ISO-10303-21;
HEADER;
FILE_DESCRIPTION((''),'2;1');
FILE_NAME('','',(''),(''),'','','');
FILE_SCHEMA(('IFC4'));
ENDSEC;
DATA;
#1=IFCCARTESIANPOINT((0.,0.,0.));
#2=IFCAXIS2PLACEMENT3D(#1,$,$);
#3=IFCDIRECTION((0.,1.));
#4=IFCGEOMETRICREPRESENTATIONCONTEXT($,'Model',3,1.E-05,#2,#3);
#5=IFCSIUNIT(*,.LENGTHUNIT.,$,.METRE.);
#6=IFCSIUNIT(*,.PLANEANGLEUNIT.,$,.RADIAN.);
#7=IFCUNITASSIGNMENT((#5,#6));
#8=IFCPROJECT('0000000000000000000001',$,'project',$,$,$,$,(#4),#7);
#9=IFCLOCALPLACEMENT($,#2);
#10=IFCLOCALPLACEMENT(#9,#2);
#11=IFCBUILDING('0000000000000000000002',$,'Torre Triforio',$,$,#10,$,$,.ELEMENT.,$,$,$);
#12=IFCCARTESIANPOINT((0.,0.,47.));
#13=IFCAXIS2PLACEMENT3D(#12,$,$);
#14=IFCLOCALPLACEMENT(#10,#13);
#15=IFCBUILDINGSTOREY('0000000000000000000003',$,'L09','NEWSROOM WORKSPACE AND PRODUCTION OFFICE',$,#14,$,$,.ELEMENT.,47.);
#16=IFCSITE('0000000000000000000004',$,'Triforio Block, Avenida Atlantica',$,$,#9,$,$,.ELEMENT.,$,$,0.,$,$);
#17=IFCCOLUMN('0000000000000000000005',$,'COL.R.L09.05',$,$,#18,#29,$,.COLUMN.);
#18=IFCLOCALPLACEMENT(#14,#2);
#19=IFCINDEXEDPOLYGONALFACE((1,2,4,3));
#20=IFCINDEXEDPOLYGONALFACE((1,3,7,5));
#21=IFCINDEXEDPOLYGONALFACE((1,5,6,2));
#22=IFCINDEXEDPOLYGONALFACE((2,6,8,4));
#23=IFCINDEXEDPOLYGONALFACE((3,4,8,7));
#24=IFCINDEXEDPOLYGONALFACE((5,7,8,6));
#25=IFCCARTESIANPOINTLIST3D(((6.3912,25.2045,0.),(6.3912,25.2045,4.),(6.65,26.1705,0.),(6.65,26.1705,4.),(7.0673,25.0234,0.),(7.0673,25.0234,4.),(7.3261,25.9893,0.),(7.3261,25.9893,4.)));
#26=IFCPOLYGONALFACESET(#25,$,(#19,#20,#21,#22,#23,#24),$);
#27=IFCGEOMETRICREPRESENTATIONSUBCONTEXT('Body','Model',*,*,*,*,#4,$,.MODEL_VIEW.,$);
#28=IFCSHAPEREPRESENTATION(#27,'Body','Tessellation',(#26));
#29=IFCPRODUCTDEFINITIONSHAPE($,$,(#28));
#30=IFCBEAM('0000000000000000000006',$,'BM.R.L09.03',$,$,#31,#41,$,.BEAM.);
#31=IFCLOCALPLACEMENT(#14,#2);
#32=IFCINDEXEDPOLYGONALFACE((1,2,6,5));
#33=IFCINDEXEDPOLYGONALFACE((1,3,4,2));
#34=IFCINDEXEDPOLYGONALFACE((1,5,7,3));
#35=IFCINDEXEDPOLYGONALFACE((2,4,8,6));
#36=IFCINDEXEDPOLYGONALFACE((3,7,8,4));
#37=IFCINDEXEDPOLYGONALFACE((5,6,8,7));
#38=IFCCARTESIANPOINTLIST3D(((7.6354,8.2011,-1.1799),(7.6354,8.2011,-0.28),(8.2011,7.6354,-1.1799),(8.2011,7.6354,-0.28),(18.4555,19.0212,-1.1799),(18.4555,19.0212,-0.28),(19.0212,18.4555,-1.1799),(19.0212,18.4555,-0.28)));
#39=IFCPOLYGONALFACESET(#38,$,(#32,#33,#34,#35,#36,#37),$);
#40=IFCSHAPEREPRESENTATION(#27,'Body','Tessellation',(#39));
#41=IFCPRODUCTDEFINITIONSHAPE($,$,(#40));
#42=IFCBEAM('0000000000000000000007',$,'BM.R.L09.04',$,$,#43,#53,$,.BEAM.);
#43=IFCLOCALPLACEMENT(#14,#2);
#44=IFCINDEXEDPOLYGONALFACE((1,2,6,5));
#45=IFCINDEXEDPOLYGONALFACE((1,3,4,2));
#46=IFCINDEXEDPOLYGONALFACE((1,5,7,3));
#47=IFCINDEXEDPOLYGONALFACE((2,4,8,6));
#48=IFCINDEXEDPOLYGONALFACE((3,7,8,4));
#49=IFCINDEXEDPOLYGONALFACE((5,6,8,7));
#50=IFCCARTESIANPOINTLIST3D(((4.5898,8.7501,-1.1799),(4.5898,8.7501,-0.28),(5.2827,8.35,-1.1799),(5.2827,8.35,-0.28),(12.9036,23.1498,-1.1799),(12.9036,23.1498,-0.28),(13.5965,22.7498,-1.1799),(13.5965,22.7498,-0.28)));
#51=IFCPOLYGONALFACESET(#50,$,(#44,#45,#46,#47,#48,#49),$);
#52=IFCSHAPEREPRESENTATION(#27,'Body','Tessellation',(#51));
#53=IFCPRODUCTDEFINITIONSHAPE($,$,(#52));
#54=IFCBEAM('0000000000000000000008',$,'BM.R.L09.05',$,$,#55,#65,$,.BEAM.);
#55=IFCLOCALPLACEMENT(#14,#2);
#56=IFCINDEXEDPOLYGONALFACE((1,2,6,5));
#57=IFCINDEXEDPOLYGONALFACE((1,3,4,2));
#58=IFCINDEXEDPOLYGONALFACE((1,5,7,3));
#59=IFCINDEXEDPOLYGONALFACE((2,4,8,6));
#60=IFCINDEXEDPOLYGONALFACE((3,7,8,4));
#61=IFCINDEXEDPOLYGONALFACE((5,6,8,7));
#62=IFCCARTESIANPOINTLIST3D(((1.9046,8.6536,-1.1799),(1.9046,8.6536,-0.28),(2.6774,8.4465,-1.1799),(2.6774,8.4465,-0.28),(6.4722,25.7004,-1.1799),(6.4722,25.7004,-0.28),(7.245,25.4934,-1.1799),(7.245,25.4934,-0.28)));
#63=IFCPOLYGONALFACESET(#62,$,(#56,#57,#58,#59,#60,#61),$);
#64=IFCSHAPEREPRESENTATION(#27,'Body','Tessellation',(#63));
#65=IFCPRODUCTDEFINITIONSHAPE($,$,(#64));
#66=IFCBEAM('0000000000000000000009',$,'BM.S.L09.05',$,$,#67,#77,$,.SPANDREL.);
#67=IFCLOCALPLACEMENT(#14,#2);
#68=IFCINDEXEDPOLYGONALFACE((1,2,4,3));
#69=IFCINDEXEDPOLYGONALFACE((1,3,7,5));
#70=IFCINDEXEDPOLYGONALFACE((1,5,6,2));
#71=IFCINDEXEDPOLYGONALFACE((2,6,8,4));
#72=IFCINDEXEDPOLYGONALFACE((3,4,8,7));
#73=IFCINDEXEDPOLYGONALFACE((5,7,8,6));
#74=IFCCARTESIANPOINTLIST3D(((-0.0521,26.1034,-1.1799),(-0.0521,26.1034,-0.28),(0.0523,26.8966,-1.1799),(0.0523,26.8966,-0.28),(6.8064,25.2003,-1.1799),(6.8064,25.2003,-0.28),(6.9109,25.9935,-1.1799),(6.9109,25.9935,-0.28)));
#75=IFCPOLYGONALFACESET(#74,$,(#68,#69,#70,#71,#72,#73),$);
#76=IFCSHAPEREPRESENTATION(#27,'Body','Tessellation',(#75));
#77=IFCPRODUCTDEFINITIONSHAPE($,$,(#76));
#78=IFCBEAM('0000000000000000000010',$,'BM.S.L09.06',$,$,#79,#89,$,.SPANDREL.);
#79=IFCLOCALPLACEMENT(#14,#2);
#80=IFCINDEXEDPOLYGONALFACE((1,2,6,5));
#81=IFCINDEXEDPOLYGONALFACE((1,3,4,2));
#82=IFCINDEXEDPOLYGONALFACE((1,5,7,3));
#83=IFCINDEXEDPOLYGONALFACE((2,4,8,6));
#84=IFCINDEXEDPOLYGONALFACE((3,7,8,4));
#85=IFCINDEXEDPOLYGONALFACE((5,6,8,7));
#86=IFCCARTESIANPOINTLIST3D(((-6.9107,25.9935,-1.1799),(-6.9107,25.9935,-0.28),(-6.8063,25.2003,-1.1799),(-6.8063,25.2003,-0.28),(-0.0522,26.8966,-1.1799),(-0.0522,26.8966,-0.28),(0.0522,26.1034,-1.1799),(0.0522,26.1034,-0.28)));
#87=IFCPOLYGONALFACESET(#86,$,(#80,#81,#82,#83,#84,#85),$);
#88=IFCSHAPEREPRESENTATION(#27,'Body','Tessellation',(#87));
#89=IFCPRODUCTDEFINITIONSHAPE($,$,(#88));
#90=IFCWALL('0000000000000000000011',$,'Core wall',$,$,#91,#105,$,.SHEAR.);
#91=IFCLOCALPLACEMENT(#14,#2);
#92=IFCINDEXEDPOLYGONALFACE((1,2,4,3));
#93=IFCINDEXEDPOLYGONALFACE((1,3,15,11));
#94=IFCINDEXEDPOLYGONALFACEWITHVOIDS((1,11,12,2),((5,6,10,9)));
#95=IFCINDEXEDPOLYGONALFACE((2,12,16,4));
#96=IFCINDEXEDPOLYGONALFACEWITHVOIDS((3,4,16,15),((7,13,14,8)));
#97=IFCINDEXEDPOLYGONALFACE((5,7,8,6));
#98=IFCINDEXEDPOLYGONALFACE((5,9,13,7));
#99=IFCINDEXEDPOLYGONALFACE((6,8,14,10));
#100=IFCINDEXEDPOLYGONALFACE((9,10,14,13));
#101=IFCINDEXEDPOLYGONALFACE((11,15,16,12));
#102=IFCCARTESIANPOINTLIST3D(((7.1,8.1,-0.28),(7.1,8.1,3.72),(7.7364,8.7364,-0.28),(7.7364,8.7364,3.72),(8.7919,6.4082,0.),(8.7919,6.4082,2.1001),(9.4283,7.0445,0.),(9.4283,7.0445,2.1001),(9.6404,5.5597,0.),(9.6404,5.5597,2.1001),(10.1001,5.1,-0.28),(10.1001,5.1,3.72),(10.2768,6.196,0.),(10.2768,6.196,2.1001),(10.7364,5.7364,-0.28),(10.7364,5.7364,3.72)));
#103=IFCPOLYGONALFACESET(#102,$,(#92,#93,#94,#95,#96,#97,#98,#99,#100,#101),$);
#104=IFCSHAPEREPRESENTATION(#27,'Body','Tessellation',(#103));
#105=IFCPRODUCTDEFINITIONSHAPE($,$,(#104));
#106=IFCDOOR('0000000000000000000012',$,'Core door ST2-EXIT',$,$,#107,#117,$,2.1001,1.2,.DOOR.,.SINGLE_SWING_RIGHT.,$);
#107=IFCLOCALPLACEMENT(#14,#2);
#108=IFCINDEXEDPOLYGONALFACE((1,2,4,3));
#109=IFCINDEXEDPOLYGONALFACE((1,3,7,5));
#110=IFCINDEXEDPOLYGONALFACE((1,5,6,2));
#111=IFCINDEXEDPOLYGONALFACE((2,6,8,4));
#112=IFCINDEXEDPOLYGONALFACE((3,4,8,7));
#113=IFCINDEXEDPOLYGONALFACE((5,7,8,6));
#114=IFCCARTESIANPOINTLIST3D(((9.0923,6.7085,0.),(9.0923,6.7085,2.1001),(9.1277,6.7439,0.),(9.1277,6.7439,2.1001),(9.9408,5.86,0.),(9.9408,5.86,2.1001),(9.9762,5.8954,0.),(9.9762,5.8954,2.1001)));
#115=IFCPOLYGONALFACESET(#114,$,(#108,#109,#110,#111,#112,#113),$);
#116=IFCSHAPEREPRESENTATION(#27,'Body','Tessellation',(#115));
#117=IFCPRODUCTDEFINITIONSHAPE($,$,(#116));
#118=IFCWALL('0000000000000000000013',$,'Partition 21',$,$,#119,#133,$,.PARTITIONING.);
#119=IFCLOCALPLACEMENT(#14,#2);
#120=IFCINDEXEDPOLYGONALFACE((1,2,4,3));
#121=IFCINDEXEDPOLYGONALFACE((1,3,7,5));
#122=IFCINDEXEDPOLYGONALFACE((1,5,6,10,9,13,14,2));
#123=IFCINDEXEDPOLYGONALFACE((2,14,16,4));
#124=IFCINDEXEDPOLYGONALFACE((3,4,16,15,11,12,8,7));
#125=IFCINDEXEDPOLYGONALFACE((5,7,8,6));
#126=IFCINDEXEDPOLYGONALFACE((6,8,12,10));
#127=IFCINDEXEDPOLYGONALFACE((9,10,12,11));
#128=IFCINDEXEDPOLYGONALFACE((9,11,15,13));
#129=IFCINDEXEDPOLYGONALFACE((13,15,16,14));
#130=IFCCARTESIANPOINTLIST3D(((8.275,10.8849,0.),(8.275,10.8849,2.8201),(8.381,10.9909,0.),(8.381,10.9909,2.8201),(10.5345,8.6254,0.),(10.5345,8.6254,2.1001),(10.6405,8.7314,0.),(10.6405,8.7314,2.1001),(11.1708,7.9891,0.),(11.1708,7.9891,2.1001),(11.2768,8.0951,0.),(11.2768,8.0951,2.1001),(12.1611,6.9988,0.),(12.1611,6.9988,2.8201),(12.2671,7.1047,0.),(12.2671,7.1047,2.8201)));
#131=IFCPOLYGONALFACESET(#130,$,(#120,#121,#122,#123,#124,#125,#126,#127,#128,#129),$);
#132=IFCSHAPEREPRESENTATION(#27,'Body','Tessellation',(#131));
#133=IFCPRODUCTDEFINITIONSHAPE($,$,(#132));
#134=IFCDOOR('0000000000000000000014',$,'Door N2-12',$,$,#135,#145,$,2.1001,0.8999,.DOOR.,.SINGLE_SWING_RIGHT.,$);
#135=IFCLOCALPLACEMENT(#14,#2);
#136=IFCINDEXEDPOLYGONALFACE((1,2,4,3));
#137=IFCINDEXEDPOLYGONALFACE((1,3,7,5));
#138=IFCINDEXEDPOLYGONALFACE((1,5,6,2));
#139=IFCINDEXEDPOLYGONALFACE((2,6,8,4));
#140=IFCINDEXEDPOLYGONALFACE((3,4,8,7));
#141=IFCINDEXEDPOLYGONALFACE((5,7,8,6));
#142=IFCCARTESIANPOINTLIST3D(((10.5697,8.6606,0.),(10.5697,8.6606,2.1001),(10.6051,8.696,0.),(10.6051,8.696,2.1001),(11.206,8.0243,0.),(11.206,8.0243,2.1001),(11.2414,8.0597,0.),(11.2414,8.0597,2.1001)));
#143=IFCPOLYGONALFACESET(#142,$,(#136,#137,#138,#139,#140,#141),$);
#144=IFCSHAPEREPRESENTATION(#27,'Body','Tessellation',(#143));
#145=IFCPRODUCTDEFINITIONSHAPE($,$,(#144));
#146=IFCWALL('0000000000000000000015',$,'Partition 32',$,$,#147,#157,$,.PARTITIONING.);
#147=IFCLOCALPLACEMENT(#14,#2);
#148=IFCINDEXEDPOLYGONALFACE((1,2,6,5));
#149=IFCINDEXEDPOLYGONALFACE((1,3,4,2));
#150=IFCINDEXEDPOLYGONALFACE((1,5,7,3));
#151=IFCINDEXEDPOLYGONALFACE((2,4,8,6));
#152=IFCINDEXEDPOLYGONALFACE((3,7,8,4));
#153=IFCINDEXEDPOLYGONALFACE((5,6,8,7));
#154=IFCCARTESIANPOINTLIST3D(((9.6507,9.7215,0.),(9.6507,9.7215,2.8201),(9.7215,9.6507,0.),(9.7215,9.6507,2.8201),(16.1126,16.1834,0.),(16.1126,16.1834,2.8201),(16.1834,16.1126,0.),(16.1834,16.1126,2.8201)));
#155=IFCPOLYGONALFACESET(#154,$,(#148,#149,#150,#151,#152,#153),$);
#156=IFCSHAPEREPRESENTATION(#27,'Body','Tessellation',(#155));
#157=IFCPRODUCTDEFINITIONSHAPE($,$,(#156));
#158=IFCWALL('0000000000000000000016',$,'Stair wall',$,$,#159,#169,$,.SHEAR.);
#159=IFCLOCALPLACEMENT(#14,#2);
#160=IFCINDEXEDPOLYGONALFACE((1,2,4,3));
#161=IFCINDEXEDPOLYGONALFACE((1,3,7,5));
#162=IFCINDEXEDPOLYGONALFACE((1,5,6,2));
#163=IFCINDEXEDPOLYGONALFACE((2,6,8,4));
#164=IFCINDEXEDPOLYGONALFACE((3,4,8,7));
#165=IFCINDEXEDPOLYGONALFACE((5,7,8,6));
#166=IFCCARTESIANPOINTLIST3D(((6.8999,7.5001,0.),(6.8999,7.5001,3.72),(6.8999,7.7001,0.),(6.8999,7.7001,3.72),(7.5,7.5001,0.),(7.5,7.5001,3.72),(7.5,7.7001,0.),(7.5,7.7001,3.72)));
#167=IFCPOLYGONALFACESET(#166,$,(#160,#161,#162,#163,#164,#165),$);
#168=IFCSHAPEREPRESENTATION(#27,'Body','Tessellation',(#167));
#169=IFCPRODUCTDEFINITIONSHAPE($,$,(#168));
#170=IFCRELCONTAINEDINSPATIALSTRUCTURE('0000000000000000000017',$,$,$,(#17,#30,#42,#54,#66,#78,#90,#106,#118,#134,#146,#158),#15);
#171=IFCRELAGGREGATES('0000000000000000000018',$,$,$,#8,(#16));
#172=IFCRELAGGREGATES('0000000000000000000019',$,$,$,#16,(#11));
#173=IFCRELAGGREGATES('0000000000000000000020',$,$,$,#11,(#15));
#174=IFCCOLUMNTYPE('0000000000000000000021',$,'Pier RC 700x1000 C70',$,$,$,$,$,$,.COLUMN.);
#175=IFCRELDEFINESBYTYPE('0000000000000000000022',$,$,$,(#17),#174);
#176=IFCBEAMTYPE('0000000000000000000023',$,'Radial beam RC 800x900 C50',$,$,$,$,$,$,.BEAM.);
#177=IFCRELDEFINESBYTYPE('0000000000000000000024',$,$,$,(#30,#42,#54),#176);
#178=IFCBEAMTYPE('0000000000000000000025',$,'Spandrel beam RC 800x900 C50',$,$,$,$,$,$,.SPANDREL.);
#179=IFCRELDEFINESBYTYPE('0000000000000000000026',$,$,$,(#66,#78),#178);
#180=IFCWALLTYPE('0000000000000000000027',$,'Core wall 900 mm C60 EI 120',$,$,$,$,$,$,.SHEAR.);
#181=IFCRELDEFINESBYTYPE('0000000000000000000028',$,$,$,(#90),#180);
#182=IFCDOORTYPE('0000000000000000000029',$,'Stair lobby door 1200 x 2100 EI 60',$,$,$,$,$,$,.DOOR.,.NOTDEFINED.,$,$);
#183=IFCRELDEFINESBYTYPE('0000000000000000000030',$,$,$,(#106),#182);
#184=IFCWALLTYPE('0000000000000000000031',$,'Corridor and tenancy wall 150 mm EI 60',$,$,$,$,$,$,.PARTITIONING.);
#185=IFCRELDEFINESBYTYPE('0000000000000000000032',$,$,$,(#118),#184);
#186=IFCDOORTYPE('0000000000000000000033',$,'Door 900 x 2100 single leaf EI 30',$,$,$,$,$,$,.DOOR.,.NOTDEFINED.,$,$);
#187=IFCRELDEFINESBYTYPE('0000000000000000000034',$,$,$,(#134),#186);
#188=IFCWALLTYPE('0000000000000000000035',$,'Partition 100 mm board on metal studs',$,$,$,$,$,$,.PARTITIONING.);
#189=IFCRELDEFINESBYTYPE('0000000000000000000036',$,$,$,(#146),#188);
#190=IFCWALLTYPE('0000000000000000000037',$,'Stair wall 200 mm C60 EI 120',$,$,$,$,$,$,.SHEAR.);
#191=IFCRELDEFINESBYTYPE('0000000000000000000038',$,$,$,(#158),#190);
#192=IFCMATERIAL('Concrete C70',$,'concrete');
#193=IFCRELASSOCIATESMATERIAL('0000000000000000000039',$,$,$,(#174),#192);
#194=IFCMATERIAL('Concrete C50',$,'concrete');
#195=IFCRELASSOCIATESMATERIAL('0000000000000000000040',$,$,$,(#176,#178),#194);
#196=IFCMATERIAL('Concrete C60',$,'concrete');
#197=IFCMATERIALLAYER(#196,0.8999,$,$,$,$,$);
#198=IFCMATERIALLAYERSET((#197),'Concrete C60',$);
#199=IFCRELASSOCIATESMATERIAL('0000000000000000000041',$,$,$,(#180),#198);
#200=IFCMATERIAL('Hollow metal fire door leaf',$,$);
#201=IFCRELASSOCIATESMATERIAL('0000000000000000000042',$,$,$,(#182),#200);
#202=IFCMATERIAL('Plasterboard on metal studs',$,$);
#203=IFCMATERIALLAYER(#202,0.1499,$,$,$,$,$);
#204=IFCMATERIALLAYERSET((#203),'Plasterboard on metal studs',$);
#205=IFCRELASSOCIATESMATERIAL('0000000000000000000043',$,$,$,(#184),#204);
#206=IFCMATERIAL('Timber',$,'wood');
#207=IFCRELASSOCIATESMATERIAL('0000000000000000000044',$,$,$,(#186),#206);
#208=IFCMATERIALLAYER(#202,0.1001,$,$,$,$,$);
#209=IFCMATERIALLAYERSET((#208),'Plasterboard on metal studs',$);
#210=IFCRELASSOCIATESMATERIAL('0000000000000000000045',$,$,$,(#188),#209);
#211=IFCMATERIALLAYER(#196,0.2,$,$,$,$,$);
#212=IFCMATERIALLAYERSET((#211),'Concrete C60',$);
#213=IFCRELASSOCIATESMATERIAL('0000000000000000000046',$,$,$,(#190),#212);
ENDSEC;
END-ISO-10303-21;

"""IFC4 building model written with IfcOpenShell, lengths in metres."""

from ifc_helpers import new_model, si_unit, direction, frame, frame_2d, origin, origin_2d, place, context, subcontext, project, spatial, rectangle, extrude, material, layer, layer_set, material_profile, profile_set, type_object, element, fill, save


model = new_model("IFC4")

# Units and contexts
model_context = context("Model", 3, precision=1e-05, world=origin(), true_north=direction((0.0, 1.0)))
body_context = subcontext(model_context, "Body", "Model", "MODEL_VIEW")
ifc_project = project(units=[si_unit("LENGTHUNIT", "METRE"), si_unit("PLANEANGLEUNIT", "RADIAN")], contexts=[model_context])

# Site, building, storey
site_placement = place(None, origin())
site = spatial("IfcSite", under=ifc_project, at=site_placement, Name="Triforio Block, Avenida Atlantica", CompositionType="ELEMENT", RefElevation=0.0)
building_placement = place(site_placement, origin())
building = spatial("IfcBuilding", under=site, at=building_placement, Name="Torre Triforio", CompositionType="ELEMENT")
storey_placement = place(building_placement, frame((0.0, 0.0, 47.0)))
storey = spatial("IfcBuildingStorey", under=building, at=storey_placement, Name="L09", Description="NEWSROOM WORKSPACE AND PRODUCTION OFFICE", CompositionType="ELEMENT", Elevation=47.0)

# Column
ifc_material_1 = material(Name="Concrete C70", Category="concrete")
ifc_material_profile_1 = material_profile(ifc_material_1, rectangle(XDim=0.7, YDim=1.0, at=origin_2d()), Name="RC 700x1000")
ifc_profile_set_1 = profile_set([ifc_material_profile_1], Name="Concrete C70")
column_type = type_object("IfcColumnType", Name="Pier RC 700x1000 C70", PredefinedType="COLUMN", material=ifc_profile_set_1)
column_placement = place(storey_placement, frame((6.8586, 25.5969, 0.0), z_axis=(0.0, 0.0, 1.0), x_axis=(-0.965926, 0.258819, 0.0)))
element("IfcColumn", 1, at=column_placement, inside=storey, type_object=column_type, Name="COL.R.L09.05", PredefinedType="COLUMN", context=body_context, shape_type="SweptSolid", body=[
    extrude(rectangle(XDim=0.7, YDim=1.0, at=origin_2d()), origin(), (0.0, 0.0, 1.0), 4.0),
])

# Beams
ifc_material_2 = material(Name="Concrete C50", Category="concrete")
ifc_material_profile_2 = material_profile(ifc_material_2, rectangle(XDim=0.8, YDim=0.8999, at=origin_2d()), Name="RC 800x900")
ifc_profile_set_2 = profile_set([ifc_material_profile_2], Name="Concrete C50")
beam_type_1 = type_object("IfcBeamType", Name="Radial beam RC 800x900 C50", PredefinedType="BEAM", material=ifc_profile_set_2)
beam_1_placement = place(storey_placement, frame((7.9182, 7.9182, -0.73), z_axis=(0.707107, 0.707107, 0.0), x_axis=(-0.707107, 0.707107, 0.0)))
element("IfcBeam", 2, at=beam_1_placement, inside=storey, type_object=beam_type_1, Name="BM.R.L09.03", PredefinedType="BEAM", context=body_context, shape_type="SweptSolid", body=[
    extrude(rectangle(XDim=0.8, YDim=0.8999, at=origin_2d()), origin(), (0.0, 0.0, 1.0), 15.302),
])
beam_2_placement = place(storey_placement, frame((4.9363, 8.55, -0.73), z_axis=(0.500003, 0.866023, 0.0), x_axis=(-0.866023, 0.500003, 0.0)))
element("IfcBeam", 3, at=beam_2_placement, inside=storey, type_object=beam_type_1, Name="BM.R.L09.04", PredefinedType="BEAM", context=body_context, shape_type="SweptSolid", body=[
    extrude(rectangle(XDim=0.8, YDim=0.8999, at=origin_2d()), origin(), (0.0, 0.0, 1.0), 16.6274),
])
beam_3_placement = place(storey_placement, frame((2.291, 8.55, -0.73), z_axis=(0.258815, 0.965927, 0.0), x_axis=(-0.965927, 0.258815, 0.0)))
element("IfcBeam", 4, at=beam_3_placement, inside=storey, type_object=beam_type_1, Name="BM.R.L09.05", PredefinedType="BEAM", context=body_context, shape_type="SweptSolid", body=[
    extrude(rectangle(XDim=0.8, YDim=0.8999, at=origin_2d()), origin(), (0.0, 0.0, 1.0), 17.6482),
])
ifc_material_profile_3 = material_profile(ifc_material_2, rectangle(XDim=0.8, YDim=0.8999, at=origin_2d()), Name="RC 800x900")
ifc_profile_set_3 = profile_set([ifc_material_profile_3], Name="Concrete C50")
beam_type_2 = type_object("IfcBeamType", Name="Spandrel beam RC 800x900 C50", PredefinedType="SPANDREL", material=ifc_profile_set_3)
for number, where, z_axis, x_axis, name in (
    (5, (6.8586, 25.5969, -0.73), (-0.991443, 0.130543, 0.0), (-0.130543, -0.991443, 0.0), "BM.S.L09.05"),
    (6, (0.0, 26.5, -0.73), (-0.991443, -0.130543, 0.0), (0.130543, -0.991443, 0.0), "BM.S.L09.06"),
):
    element("IfcBeam", number, at=place(storey_placement, frame(where, z_axis=z_axis, x_axis=x_axis)), inside=storey, type_object=beam_type_2, Name=name, PredefinedType="SPANDREL", context=body_context, shape_type="SweptSolid", body=[
        extrude(rectangle(XDim=0.8, YDim=0.8999, at=origin_2d()), origin(), (0.0, 0.0, 1.0), 6.9177),
    ])

# Walls, openings, doors
ifc_material_3 = material(Name="Concrete C60", Category="concrete")
ifc_layer_1 = layer(ifc_material_3, 0.8999)
ifc_layer_set_1 = layer_set([ifc_layer_1], Name="Concrete C60")
wall_type_1 = type_object("IfcWallType", Name="Core wall 900 mm C60 EI 120", PredefinedType="SHEAR", material=ifc_layer_set_1)
wall_1_placement = place(storey_placement, frame((7.4182, 8.4182, -0.28), z_axis=(0.0, 0.0, 1.0), x_axis=(0.707107, -0.707107, 0.0)))
wall_1 = element("IfcWall", 7, at=wall_1_placement, inside=storey, type_object=wall_type_1, Name="Core wall", PredefinedType="SHEAR", context=body_context, shape_type="SweptSolid", body=[
    extrude(rectangle(XDim=4.2427, YDim=0.8999, at=frame_2d((2.1213, 0.0))), origin(), (0.0, 0.0, 1.0), 4.0),
])
opening_1_placement = place(wall_1_placement, frame((2.3926, 0.0, 0.28)))
opening_1 = element("IfcOpeningElement", 8, at=opening_1_placement, cuts=wall_1, PredefinedType="OPENING", context=body_context, shape_type="SweptSolid", body=[
    extrude(rectangle(XDim=1.2, YDim=2.1001, at=frame_2d((0.6001, 1.05))), frame((0.0, 0.46, 0.0), z_axis=(0.0, -1.0, 0.0), x_axis=(1.0, 0.0, 0.0)), (0.0, 0.0, 1.0), 0.9199),
])
ifc_material_4 = material(Name="Hollow metal fire door leaf")
door_type_1 = type_object("IfcDoorType", Name="Stair lobby door 1200 x 2100 EI 60", OperationType="NOTDEFINED", PredefinedType="DOOR", material=ifc_material_4)
door_1_placement = place(opening_1_placement, origin())
door_1 = element("IfcDoor", 9, at=door_1_placement, inside=storey, type_object=door_type_1, Name="Core door ST2-EXIT", OperationType="SINGLE_SWING_RIGHT", OverallHeight=2.1001, OverallWidth=1.2, PredefinedType="DOOR", context=body_context, shape_type="SweptSolid", body=[
    extrude(rectangle(XDim=1.2, YDim=2.1001, at=frame_2d((0.6001, 1.05))), frame((0.0, 0.0249, 0.0), z_axis=(0.0, -1.0, 0.0), x_axis=(1.0, 0.0, 0.0)), (0.0, 0.0, 1.0), 0.05),
])
fill(opening_1, door_1)
ifc_material_5 = material(Name="Plasterboard on metal studs")
ifc_layer_2 = layer(ifc_material_5, 0.1499)
ifc_layer_set_2 = layer_set([ifc_layer_2], Name="Plasterboard on metal studs")
wall_type_2 = type_object("IfcWallType", Name="Corridor and tenancy wall 150 mm EI 60", PredefinedType="PARTITIONING", material=ifc_layer_set_2)
wall_2_placement = place(storey_placement, frame((8.3279, 10.938, 0.0), z_axis=(0.0, 0.0, 1.0), x_axis=(0.707107, -0.707107, 0.0)))
wall_2 = element("IfcWall", 10, at=wall_2_placement, inside=storey, type_object=wall_type_2, Name="Partition 21", PredefinedType="PARTITIONING", context=body_context, shape_type="SweptSolid", body=[
    extrude(rectangle(XDim=5.4958, YDim=0.1499, at=frame_2d((2.748, 0.0))), origin(), (0.0, 0.0, 1.0), 2.8201),
])
opening_2_placement = place(wall_2_placement, frame((3.1956, 0.0, 0.0)))
opening_2 = element("IfcOpeningElement", 11, at=opening_2_placement, cuts=wall_2, PredefinedType="OPENING", context=body_context, shape_type="SweptSolid", body=[
    extrude(rectangle(XDim=0.8999, YDim=2.1001, at=frame_2d((0.45, 1.05))), frame((0.0, 0.085, 0.0), z_axis=(0.0, -1.0, 0.0), x_axis=(1.0, 0.0, 0.0)), (0.0, 0.0, 1.0), 0.1699),
])
ifc_material_6 = material(Name="Timber", Category="wood")
door_type_2 = type_object("IfcDoorType", Name="Door 900 x 2100 single leaf EI 30", OperationType="NOTDEFINED", PredefinedType="DOOR", material=ifc_material_6)
door_2_placement = place(opening_2_placement, origin())
door_2 = element("IfcDoor", 12, at=door_2_placement, inside=storey, type_object=door_type_2, Name="Door N2-12", OperationType="SINGLE_SWING_RIGHT", OverallHeight=2.1001, OverallWidth=0.8999, PredefinedType="DOOR", context=body_context, shape_type="SweptSolid", body=[
    extrude(rectangle(XDim=0.8999, YDim=2.1001, at=frame_2d((0.45, 1.05))), frame((0.0, 0.0249, 0.0), z_axis=(0.0, -1.0, 0.0), x_axis=(1.0, 0.0, 0.0)), (0.0, 0.0, 1.0), 0.05),
])
fill(opening_2, door_2)

# Walls
ifc_layer_3 = layer(ifc_material_5, 0.1001)
ifc_layer_set_3 = layer_set([ifc_layer_3], Name="Plasterboard on metal studs")
wall_type_3 = type_object("IfcWallType", Name="Partition 100 mm board on metal studs", PredefinedType="PARTITIONING", material=ifc_layer_set_3)
wall_3_placement = place(storey_placement, frame((9.686, 9.686, 0.0), z_axis=(0.0, 0.0, 1.0), x_axis=(0.707107, 0.707107, 0.0)))
element("IfcWall", 13, at=wall_3_placement, inside=storey, type_object=wall_type_3, Name="Partition 32", PredefinedType="PARTITIONING", context=body_context, shape_type="SweptSolid", body=[
    extrude(rectangle(XDim=9.1384, YDim=0.1001, at=frame_2d((4.5693, 0.0))), origin(), (0.0, 0.0, 1.0), 2.8201),
])
ifc_layer_4 = layer(ifc_material_3, 0.2)
ifc_layer_set_4 = layer_set([ifc_layer_4], Name="Concrete C60")
wall_type_4 = type_object("IfcWallType", Name="Stair wall 200 mm C60 EI 120", PredefinedType="SHEAR", material=ifc_layer_set_4)
wall_4_placement = place(storey_placement, frame((6.8999, 7.6001, 0.0), z_axis=(0.0, 0.0, 1.0), x_axis=(1.0, 0.0, 0.0)))
element("IfcWall", 14, at=wall_4_placement, inside=storey, type_object=wall_type_4, Name="Stair wall", PredefinedType="SHEAR", context=body_context, shape_type="SweptSolid", body=[
    extrude(rectangle(XDim=0.6001, YDim=0.2, at=frame_2d((0.3, 0.0))), origin(), (0.0, 0.0, 1.0), 3.72),
])

save(model, "model.ifc")
